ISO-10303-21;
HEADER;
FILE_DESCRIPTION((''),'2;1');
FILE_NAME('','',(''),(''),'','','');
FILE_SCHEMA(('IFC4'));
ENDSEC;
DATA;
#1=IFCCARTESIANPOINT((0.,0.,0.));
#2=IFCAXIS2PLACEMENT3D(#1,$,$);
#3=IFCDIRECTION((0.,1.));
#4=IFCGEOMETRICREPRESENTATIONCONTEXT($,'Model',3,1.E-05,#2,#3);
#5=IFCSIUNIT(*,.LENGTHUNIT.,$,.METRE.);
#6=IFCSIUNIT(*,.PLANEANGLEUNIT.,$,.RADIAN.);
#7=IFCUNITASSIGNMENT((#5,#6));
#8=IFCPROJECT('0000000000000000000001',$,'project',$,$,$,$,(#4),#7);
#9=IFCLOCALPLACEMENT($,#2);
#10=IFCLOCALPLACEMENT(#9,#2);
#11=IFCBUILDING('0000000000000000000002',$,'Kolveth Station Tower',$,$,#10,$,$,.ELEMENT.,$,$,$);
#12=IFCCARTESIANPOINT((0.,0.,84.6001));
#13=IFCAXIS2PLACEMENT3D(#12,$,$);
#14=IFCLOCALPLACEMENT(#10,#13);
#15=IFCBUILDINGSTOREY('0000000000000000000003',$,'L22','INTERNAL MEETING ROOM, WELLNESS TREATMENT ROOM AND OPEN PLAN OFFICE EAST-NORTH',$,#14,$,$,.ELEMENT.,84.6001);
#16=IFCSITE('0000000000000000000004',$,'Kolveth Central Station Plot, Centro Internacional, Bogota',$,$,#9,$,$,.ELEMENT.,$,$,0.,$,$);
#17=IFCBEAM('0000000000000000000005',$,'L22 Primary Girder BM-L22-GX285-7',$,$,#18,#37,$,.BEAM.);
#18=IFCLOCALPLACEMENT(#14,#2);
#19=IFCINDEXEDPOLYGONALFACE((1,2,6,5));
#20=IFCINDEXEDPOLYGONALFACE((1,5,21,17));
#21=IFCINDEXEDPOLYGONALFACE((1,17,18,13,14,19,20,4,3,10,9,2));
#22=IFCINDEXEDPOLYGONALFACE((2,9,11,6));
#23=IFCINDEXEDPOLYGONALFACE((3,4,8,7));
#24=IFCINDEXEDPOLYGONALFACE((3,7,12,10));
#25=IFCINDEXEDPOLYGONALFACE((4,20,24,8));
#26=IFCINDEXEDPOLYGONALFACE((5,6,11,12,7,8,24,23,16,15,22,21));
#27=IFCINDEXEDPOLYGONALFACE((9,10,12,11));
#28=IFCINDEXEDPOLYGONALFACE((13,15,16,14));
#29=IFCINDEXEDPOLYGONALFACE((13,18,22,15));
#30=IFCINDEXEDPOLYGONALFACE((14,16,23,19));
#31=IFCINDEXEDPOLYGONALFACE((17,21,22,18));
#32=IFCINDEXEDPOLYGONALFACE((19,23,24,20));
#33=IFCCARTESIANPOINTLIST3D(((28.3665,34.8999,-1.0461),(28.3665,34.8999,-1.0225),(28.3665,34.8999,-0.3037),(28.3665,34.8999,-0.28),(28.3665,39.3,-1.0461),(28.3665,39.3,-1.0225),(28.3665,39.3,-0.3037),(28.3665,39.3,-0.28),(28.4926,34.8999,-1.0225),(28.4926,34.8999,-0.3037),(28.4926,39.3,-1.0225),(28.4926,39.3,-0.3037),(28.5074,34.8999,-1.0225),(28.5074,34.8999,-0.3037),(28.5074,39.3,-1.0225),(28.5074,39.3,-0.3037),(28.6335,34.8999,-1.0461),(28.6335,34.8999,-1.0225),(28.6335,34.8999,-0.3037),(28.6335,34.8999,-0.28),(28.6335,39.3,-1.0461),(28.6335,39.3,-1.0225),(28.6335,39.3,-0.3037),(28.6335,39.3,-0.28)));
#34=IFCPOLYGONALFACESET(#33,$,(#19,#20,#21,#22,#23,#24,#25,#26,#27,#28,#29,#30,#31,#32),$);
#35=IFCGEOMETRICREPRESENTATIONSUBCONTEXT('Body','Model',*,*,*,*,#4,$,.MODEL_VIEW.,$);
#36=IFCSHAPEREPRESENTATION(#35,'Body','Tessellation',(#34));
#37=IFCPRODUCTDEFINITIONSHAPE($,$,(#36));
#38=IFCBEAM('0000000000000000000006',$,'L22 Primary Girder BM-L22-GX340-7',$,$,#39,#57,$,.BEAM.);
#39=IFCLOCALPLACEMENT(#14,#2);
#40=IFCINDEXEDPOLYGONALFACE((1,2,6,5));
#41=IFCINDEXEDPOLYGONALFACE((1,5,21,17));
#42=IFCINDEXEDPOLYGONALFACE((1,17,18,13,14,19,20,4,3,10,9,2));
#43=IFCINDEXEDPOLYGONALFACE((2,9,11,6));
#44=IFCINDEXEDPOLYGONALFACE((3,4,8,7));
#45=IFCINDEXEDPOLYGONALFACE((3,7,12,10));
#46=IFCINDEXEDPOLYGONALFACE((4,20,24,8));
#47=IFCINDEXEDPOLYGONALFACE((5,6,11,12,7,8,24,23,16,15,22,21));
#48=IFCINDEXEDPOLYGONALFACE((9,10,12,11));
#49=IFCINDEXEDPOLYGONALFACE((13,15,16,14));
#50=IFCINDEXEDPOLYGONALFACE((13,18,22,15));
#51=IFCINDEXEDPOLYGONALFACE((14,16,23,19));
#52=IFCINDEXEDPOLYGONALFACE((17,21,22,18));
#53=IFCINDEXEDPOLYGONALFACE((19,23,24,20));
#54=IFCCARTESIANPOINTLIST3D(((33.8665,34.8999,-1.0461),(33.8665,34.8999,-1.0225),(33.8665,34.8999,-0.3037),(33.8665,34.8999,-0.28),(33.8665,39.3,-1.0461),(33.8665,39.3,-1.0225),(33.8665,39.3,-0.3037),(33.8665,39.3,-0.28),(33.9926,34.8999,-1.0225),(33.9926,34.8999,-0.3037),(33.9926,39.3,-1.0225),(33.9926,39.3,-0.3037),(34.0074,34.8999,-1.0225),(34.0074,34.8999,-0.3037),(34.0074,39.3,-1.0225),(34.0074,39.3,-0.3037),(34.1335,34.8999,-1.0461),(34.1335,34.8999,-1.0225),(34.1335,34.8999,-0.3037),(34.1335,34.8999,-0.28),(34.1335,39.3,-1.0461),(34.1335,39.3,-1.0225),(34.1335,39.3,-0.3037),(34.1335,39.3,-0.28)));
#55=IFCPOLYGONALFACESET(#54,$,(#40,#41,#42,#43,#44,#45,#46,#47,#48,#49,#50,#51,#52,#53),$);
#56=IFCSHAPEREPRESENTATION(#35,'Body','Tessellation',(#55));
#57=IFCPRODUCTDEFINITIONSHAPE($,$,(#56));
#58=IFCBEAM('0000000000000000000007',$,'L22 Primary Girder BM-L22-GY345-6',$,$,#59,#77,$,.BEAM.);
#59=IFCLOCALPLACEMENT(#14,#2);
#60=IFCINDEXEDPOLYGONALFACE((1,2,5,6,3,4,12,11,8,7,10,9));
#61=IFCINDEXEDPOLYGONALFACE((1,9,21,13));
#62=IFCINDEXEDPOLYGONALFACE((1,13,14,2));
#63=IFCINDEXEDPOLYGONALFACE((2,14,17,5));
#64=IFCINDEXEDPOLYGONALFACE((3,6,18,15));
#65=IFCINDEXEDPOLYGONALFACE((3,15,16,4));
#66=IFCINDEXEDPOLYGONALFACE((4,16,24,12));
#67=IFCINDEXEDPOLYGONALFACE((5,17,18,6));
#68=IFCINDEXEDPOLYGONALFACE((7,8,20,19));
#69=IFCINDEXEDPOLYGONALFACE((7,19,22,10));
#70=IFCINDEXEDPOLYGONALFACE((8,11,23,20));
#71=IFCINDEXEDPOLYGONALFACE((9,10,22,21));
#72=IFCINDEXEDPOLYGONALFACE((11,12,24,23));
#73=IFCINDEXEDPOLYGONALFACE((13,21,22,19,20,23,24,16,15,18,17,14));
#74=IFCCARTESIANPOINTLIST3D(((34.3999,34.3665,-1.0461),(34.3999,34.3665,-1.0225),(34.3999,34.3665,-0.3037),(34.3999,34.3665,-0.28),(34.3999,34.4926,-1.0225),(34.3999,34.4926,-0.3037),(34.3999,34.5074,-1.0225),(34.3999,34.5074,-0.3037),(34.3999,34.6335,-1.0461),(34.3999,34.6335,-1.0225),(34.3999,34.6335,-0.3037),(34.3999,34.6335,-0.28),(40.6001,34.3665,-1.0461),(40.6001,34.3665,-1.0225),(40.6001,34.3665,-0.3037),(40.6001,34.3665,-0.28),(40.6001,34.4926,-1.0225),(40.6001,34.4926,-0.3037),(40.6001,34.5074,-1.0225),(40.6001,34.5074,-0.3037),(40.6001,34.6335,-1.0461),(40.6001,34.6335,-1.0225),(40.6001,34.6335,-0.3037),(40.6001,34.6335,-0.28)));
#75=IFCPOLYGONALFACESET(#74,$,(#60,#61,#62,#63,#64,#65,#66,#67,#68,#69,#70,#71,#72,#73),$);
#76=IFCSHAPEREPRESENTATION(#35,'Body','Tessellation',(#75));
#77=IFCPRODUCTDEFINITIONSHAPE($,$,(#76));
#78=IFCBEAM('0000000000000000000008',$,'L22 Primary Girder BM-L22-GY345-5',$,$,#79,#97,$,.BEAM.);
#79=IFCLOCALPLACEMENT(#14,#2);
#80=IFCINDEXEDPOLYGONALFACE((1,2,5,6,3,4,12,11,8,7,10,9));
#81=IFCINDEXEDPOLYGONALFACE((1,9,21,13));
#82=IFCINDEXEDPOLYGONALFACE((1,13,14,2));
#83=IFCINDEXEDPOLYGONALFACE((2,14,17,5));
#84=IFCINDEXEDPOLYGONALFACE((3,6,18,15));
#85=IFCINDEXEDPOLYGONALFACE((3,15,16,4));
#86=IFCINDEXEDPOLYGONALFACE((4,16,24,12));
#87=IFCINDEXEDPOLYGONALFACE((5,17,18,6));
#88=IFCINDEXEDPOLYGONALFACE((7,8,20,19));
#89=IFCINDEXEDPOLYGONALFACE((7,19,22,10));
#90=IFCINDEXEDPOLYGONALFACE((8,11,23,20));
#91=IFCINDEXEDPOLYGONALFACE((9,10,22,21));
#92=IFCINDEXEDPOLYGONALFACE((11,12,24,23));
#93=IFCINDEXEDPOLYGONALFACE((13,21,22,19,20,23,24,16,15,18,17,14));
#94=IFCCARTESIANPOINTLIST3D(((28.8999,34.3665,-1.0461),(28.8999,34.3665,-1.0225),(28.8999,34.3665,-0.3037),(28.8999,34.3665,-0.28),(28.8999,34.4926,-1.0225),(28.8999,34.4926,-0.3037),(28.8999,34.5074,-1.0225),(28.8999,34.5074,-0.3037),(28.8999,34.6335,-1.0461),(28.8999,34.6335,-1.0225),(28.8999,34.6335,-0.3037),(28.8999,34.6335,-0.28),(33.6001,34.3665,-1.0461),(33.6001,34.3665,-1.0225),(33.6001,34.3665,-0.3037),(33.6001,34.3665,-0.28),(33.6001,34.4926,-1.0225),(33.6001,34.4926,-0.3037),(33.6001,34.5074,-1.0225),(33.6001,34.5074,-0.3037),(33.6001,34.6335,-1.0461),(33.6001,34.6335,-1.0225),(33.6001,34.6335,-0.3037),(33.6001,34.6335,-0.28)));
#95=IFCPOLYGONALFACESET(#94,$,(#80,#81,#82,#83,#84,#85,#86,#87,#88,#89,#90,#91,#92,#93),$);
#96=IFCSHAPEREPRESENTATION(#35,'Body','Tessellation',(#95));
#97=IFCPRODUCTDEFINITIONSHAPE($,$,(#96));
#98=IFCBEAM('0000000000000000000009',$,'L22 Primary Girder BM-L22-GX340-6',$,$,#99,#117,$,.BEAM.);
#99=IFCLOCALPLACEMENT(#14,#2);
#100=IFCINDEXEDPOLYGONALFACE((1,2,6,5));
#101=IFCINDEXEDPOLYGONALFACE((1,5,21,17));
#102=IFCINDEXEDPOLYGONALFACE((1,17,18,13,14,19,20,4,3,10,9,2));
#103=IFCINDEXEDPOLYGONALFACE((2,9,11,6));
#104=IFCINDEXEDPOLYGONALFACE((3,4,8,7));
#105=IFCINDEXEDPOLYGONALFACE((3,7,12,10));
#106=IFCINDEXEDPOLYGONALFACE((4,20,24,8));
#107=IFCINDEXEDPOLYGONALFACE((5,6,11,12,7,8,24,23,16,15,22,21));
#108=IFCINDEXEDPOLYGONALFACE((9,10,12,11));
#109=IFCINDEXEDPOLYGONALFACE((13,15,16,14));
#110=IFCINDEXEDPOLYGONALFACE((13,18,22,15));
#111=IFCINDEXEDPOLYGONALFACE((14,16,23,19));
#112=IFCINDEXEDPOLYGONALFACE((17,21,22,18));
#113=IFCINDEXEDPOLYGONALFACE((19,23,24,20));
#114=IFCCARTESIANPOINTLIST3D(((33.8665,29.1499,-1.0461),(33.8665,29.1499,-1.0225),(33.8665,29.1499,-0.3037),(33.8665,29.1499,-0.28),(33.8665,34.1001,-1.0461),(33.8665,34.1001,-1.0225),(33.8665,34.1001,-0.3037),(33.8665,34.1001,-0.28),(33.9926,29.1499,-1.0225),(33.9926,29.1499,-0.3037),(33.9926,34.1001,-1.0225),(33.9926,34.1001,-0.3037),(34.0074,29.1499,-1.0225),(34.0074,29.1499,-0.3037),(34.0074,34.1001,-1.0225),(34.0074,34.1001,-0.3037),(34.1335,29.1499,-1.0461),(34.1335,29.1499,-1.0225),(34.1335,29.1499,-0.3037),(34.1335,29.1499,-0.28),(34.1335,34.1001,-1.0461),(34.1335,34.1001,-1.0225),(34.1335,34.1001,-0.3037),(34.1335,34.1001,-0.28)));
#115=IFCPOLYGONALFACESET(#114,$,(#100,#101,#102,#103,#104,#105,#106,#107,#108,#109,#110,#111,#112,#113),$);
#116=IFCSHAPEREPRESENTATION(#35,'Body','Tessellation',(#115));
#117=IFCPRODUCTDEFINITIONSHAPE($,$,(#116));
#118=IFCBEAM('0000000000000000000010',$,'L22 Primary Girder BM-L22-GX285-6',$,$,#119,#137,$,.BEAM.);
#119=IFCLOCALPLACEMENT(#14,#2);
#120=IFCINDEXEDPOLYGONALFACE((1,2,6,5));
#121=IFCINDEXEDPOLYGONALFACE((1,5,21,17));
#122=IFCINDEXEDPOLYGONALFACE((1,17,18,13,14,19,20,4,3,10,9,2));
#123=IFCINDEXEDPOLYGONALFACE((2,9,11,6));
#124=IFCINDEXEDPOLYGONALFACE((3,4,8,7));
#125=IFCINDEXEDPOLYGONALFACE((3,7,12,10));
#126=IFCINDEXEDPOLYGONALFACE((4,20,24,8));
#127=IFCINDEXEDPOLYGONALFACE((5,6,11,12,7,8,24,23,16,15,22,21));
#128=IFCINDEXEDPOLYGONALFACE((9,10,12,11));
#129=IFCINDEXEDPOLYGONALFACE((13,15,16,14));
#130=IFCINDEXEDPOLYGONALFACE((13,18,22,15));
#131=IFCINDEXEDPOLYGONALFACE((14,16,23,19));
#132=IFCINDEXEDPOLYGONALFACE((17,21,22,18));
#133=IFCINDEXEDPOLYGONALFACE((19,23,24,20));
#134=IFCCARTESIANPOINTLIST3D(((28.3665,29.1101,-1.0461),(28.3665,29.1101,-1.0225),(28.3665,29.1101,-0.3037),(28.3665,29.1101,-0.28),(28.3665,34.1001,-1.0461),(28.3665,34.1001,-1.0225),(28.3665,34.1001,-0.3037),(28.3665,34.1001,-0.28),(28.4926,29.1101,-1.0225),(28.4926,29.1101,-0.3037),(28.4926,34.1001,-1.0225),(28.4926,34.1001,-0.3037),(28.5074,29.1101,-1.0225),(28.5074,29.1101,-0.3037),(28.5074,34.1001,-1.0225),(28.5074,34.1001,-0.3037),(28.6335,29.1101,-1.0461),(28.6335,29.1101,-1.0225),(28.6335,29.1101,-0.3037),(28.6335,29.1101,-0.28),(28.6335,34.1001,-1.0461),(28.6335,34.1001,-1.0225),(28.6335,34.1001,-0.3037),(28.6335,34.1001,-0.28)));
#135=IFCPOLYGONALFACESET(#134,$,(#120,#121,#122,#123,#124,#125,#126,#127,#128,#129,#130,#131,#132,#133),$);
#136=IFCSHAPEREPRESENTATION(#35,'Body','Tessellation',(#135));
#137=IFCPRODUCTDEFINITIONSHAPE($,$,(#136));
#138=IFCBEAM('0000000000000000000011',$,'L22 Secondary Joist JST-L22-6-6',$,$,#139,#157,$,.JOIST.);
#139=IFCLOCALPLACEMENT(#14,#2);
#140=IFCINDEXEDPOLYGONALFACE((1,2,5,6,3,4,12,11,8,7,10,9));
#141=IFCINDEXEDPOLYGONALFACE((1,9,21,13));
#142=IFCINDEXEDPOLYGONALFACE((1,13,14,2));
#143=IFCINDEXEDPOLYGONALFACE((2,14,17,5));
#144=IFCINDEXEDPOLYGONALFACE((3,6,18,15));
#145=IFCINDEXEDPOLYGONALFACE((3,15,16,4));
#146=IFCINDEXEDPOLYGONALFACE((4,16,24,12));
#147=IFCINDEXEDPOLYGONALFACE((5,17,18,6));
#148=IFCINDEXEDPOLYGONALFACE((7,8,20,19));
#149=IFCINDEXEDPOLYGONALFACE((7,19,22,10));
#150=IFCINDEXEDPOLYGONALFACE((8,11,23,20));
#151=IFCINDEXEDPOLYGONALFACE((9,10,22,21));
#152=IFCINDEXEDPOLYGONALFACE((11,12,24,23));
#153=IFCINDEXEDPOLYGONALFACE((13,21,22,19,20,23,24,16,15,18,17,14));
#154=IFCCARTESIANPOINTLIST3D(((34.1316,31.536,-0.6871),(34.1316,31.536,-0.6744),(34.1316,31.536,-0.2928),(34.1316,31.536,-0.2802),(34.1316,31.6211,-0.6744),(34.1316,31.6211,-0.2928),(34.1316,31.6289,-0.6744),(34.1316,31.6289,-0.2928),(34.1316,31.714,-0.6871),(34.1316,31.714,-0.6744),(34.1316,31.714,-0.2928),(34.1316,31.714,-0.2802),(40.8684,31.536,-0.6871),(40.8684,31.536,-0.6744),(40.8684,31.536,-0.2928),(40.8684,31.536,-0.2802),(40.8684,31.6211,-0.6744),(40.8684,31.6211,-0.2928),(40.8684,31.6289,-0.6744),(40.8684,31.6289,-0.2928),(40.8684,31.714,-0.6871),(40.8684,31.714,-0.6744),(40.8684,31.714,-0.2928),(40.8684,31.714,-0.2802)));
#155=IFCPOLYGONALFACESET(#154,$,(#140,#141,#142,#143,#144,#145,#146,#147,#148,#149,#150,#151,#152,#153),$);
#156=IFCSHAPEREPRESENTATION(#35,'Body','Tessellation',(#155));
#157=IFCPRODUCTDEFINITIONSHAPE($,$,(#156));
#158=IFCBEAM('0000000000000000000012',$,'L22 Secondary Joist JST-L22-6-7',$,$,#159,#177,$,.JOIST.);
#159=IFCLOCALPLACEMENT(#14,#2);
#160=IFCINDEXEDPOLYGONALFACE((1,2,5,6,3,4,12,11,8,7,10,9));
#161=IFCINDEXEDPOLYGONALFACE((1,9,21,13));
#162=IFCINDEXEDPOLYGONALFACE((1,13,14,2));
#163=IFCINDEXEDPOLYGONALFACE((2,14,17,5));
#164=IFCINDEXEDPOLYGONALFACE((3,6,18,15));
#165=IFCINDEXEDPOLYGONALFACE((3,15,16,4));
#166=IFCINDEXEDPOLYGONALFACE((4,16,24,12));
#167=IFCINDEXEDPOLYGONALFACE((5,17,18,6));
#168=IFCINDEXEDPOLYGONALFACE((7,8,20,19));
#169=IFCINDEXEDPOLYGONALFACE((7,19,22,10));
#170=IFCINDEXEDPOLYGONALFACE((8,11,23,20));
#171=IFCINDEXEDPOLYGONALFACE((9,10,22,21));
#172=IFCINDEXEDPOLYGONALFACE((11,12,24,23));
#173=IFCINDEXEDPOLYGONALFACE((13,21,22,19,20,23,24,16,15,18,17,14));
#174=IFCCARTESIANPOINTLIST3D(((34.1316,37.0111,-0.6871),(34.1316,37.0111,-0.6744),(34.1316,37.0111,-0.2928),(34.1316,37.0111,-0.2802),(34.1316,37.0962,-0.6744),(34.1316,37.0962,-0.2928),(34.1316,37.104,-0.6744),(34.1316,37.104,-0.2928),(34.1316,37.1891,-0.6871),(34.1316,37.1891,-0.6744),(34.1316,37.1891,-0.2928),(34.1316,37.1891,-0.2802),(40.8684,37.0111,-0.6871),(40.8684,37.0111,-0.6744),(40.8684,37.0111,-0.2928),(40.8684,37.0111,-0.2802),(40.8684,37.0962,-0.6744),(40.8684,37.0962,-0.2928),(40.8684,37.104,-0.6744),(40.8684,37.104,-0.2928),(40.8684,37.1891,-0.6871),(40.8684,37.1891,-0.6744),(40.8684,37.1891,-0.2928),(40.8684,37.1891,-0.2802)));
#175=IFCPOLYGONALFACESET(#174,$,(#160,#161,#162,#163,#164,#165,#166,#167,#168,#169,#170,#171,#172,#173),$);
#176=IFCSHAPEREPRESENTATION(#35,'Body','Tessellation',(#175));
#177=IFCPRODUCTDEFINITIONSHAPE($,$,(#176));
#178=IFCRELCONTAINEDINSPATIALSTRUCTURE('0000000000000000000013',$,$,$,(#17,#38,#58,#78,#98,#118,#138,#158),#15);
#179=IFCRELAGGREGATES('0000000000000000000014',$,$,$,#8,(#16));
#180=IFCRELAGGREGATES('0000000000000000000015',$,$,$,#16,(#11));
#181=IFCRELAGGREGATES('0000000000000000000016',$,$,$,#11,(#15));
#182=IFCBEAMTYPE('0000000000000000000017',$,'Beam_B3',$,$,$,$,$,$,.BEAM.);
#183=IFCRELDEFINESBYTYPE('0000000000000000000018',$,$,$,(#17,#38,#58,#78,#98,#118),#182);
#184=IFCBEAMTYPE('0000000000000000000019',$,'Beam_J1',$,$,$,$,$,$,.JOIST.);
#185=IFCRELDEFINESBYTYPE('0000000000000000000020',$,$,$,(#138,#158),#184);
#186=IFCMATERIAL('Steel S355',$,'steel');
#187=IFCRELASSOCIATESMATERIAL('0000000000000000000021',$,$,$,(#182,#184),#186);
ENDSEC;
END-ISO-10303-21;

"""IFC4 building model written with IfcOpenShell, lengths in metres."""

from ifc_helpers import new_model, si_unit, direction, frame, origin, origin_2d, place, context, subcontext, project, spatial, i_section, extrude, source, transform, mapped, material, material_profile, profile_set, type_object, element, save


model = new_model("IFC4")

# Units and contexts
model_context = context("Model", 3, precision=1e-05, world=origin(), true_north=direction((0.0, 1.0)))
body_context = subcontext(model_context, "Body", "Model", "MODEL_VIEW")
ifc_project = project(units=[si_unit("LENGTHUNIT", "METRE"), si_unit("PLANEANGLEUNIT", "RADIAN")], contexts=[model_context])

# Site, building, storey
site_placement = place(None, origin())
site = spatial("IfcSite", under=ifc_project, at=site_placement, Name="Kolveth Central Station Plot, Centro Internacional, Bogota", CompositionType="ELEMENT", RefElevation=0.0)
building_placement = place(site_placement, origin())
building = spatial("IfcBuilding", under=site, at=building_placement, Name="Kolveth Station Tower", CompositionType="ELEMENT")
storey_placement = place(building_placement, frame((0.0, 0.0, 84.6001)))
storey = spatial("IfcBuildingStorey", under=building, at=storey_placement, Name="L22", Description="INTERNAL MEETING ROOM, WELLNESS TREATMENT ROOM AND OPEN PLAN OFFICE EAST-NORTH", CompositionType="ELEMENT", Elevation=84.6001)

# Shared definitions
ifc_material_1 = material(Name="Steel S355", Category="steel")

# Beams
ifc_material_profile_1 = material_profile(ifc_material_1, i_section(OverallWidth=0.2671, OverallDepth=0.7661, WebThickness=0.0149, FlangeThickness=0.0237, at=origin_2d()), Name="W760x185")
ifc_profile_set_1 = profile_set([ifc_material_profile_1], Name="Steel S355")
beam_type_1 = type_object("IfcBeamType", Name="Beam_B3", PredefinedType="BEAM", material=ifc_profile_set_1)
shared_shape_1 = source(origin(), body_context, "Body", "SweptSolid", [
    extrude(i_section(OverallWidth=0.2671, OverallDepth=0.7661, WebThickness=0.0149, FlangeThickness=0.0237, at=origin_2d()), origin(), (0.0, 0.0, 1.0), 4.4001),
])
for number, where, z_axis, x_axis, name in (
    (1, (28.5, 34.8999, -0.6631), (0.0, 1.0, 0.0), (-1.0, 0.0, 0.0), "L22 Primary Girder BM-L22-GX285-7"),
    (2, (34.0, 34.8999, -0.6631), (0.0, 1.0, 0.0), (-1.0, 0.0, 0.0), "L22 Primary Girder BM-L22-GX340-7"),
):
    element("IfcBeam", number, at=place(storey_placement, frame(where, z_axis=z_axis, x_axis=x_axis)), inside=storey, type_object=beam_type_1, Name=name, PredefinedType="BEAM", context=body_context, shape_type="MappedRepresentation", body=[
        mapped(shared_shape_1, transform((0.0, 0.0, 0.0), x_axis=(1.0, 0.0, 0.0), y_axis=(0.0, 1.0, 0.0), z_axis=(0.0, 0.0, 1.0), scale=1.0)),
    ])
shared_shape_2 = source(origin(), body_context, "Body", "SweptSolid", [
    extrude(i_section(OverallWidth=0.2671, OverallDepth=0.7661, WebThickness=0.0149, FlangeThickness=0.0237, at=origin_2d()), origin(), (0.0, 0.0, 1.0), 6.2002),
])
beam_1_placement = place(storey_placement, frame((34.3999, 34.5, -0.6631), z_axis=(1.0, 0.0, 0.0), x_axis=(0.0, 1.0, 0.0)))
element("IfcBeam", 3, at=beam_1_placement, inside=storey, type_object=beam_type_1, Name="L22 Primary Girder BM-L22-GY345-6", PredefinedType="BEAM", context=body_context, shape_type="MappedRepresentation", body=[
    mapped(shared_shape_2, transform((0.0, 0.0, 0.0), x_axis=(1.0, 0.0, 0.0), y_axis=(0.0, 1.0, 0.0), z_axis=(0.0, 0.0, 1.0), scale=1.0)),
])
shared_shape_3 = source(origin(), body_context, "Body", "SweptSolid", [
    extrude(i_section(OverallWidth=0.2671, OverallDepth=0.7661, WebThickness=0.0149, FlangeThickness=0.0237, at=origin_2d()), origin(), (0.0, 0.0, 1.0), 4.7002),
])
beam_2_placement = place(storey_placement, frame((28.8999, 34.5, -0.6631), z_axis=(1.0, 0.0, 0.0), x_axis=(0.0, 1.0, 0.0)))
element("IfcBeam", 4, at=beam_2_placement, inside=storey, type_object=beam_type_1, Name="L22 Primary Girder BM-L22-GY345-5", PredefinedType="BEAM", context=body_context, shape_type="MappedRepresentation", body=[
    mapped(shared_shape_3, transform((0.0, 0.0, 0.0), x_axis=(1.0, 0.0, 0.0), y_axis=(0.0, 1.0, 0.0), z_axis=(0.0, 0.0, 1.0), scale=1.0)),
])
shared_shape_4 = source(origin(), body_context, "Body", "SweptSolid", [
    extrude(i_section(OverallWidth=0.2671, OverallDepth=0.7661, WebThickness=0.0149, FlangeThickness=0.0237, at=origin_2d()), origin(), (0.0, 0.0, 1.0), 4.9502),
])
beam_3_placement = place(storey_placement, frame((34.0, 29.1499, -0.6631), z_axis=(0.0, 1.0, 0.0), x_axis=(-1.0, 0.0, 0.0)))
element("IfcBeam", 5, at=beam_3_placement, inside=storey, type_object=beam_type_1, Name="L22 Primary Girder BM-L22-GX340-6", PredefinedType="BEAM", context=body_context, shape_type="MappedRepresentation", body=[
    mapped(shared_shape_4, transform((0.0, 0.0, 0.0), x_axis=(1.0, 0.0, 0.0), y_axis=(0.0, 1.0, 0.0), z_axis=(0.0, 0.0, 1.0), scale=1.0)),
])
shared_shape_5 = source(origin(), body_context, "Body", "SweptSolid", [
    extrude(i_section(OverallWidth=0.2671, OverallDepth=0.7661, WebThickness=0.0149, FlangeThickness=0.0237, at=origin_2d()), origin(), (0.0, 0.0, 1.0), 4.99),
])
beam_4_placement = place(storey_placement, frame((28.5, 29.1101, -0.6631), z_axis=(0.0, 1.0, 0.0), x_axis=(-1.0, 0.0, 0.0)))
element("IfcBeam", 6, at=beam_4_placement, inside=storey, type_object=beam_type_1, Name="L22 Primary Girder BM-L22-GX285-6", PredefinedType="BEAM", context=body_context, shape_type="MappedRepresentation", body=[
    mapped(shared_shape_5, transform((0.0, 0.0, 0.0), x_axis=(1.0, 0.0, 0.0), y_axis=(0.0, 1.0, 0.0), z_axis=(0.0, 0.0, 1.0), scale=1.0)),
])
ifc_material_profile_2 = material_profile(ifc_material_1, i_section(OverallWidth=0.178, OverallDepth=0.407, WebThickness=0.0078, FlangeThickness=0.0127, at=origin_2d()), Name="W410x60")
ifc_profile_set_2 = profile_set([ifc_material_profile_2], Name="Steel S355")
beam_type_2 = type_object("IfcBeamType", Name="Beam_J1", PredefinedType="JOIST", material=ifc_profile_set_2)
shared_shape_6 = source(origin(), body_context, "Body", "SweptSolid", [
    extrude(i_section(OverallWidth=0.178, OverallDepth=0.407, WebThickness=0.0078, FlangeThickness=0.0127, at=origin_2d()), origin(), (0.0, 0.0, 1.0), 6.7368),
])
for number, where, z_axis, x_axis, name in (
    (7, (34.1316, 31.625, -0.4836), (1.0, 0.0, 0.0), (0.0, 1.0, 0.0), "L22 Secondary Joist JST-L22-6-6"),
    (8, (34.1316, 37.1001, -0.4836), (1.0, 0.0, 0.0), (0.0, 1.0, 0.0), "L22 Secondary Joist JST-L22-6-7"),
):
    element("IfcBeam", number, at=place(storey_placement, frame(where, z_axis=z_axis, x_axis=x_axis)), inside=storey, type_object=beam_type_2, Name=name, PredefinedType="JOIST", context=body_context, shape_type="MappedRepresentation", body=[
        mapped(shared_shape_6, transform((0.0, 0.0, 0.0), x_axis=(1.0, 0.0, 0.0), y_axis=(0.0, 1.0, 0.0), z_axis=(0.0, 0.0, 1.0), scale=1.0)),
    ])

save(model, "model.ifc")
